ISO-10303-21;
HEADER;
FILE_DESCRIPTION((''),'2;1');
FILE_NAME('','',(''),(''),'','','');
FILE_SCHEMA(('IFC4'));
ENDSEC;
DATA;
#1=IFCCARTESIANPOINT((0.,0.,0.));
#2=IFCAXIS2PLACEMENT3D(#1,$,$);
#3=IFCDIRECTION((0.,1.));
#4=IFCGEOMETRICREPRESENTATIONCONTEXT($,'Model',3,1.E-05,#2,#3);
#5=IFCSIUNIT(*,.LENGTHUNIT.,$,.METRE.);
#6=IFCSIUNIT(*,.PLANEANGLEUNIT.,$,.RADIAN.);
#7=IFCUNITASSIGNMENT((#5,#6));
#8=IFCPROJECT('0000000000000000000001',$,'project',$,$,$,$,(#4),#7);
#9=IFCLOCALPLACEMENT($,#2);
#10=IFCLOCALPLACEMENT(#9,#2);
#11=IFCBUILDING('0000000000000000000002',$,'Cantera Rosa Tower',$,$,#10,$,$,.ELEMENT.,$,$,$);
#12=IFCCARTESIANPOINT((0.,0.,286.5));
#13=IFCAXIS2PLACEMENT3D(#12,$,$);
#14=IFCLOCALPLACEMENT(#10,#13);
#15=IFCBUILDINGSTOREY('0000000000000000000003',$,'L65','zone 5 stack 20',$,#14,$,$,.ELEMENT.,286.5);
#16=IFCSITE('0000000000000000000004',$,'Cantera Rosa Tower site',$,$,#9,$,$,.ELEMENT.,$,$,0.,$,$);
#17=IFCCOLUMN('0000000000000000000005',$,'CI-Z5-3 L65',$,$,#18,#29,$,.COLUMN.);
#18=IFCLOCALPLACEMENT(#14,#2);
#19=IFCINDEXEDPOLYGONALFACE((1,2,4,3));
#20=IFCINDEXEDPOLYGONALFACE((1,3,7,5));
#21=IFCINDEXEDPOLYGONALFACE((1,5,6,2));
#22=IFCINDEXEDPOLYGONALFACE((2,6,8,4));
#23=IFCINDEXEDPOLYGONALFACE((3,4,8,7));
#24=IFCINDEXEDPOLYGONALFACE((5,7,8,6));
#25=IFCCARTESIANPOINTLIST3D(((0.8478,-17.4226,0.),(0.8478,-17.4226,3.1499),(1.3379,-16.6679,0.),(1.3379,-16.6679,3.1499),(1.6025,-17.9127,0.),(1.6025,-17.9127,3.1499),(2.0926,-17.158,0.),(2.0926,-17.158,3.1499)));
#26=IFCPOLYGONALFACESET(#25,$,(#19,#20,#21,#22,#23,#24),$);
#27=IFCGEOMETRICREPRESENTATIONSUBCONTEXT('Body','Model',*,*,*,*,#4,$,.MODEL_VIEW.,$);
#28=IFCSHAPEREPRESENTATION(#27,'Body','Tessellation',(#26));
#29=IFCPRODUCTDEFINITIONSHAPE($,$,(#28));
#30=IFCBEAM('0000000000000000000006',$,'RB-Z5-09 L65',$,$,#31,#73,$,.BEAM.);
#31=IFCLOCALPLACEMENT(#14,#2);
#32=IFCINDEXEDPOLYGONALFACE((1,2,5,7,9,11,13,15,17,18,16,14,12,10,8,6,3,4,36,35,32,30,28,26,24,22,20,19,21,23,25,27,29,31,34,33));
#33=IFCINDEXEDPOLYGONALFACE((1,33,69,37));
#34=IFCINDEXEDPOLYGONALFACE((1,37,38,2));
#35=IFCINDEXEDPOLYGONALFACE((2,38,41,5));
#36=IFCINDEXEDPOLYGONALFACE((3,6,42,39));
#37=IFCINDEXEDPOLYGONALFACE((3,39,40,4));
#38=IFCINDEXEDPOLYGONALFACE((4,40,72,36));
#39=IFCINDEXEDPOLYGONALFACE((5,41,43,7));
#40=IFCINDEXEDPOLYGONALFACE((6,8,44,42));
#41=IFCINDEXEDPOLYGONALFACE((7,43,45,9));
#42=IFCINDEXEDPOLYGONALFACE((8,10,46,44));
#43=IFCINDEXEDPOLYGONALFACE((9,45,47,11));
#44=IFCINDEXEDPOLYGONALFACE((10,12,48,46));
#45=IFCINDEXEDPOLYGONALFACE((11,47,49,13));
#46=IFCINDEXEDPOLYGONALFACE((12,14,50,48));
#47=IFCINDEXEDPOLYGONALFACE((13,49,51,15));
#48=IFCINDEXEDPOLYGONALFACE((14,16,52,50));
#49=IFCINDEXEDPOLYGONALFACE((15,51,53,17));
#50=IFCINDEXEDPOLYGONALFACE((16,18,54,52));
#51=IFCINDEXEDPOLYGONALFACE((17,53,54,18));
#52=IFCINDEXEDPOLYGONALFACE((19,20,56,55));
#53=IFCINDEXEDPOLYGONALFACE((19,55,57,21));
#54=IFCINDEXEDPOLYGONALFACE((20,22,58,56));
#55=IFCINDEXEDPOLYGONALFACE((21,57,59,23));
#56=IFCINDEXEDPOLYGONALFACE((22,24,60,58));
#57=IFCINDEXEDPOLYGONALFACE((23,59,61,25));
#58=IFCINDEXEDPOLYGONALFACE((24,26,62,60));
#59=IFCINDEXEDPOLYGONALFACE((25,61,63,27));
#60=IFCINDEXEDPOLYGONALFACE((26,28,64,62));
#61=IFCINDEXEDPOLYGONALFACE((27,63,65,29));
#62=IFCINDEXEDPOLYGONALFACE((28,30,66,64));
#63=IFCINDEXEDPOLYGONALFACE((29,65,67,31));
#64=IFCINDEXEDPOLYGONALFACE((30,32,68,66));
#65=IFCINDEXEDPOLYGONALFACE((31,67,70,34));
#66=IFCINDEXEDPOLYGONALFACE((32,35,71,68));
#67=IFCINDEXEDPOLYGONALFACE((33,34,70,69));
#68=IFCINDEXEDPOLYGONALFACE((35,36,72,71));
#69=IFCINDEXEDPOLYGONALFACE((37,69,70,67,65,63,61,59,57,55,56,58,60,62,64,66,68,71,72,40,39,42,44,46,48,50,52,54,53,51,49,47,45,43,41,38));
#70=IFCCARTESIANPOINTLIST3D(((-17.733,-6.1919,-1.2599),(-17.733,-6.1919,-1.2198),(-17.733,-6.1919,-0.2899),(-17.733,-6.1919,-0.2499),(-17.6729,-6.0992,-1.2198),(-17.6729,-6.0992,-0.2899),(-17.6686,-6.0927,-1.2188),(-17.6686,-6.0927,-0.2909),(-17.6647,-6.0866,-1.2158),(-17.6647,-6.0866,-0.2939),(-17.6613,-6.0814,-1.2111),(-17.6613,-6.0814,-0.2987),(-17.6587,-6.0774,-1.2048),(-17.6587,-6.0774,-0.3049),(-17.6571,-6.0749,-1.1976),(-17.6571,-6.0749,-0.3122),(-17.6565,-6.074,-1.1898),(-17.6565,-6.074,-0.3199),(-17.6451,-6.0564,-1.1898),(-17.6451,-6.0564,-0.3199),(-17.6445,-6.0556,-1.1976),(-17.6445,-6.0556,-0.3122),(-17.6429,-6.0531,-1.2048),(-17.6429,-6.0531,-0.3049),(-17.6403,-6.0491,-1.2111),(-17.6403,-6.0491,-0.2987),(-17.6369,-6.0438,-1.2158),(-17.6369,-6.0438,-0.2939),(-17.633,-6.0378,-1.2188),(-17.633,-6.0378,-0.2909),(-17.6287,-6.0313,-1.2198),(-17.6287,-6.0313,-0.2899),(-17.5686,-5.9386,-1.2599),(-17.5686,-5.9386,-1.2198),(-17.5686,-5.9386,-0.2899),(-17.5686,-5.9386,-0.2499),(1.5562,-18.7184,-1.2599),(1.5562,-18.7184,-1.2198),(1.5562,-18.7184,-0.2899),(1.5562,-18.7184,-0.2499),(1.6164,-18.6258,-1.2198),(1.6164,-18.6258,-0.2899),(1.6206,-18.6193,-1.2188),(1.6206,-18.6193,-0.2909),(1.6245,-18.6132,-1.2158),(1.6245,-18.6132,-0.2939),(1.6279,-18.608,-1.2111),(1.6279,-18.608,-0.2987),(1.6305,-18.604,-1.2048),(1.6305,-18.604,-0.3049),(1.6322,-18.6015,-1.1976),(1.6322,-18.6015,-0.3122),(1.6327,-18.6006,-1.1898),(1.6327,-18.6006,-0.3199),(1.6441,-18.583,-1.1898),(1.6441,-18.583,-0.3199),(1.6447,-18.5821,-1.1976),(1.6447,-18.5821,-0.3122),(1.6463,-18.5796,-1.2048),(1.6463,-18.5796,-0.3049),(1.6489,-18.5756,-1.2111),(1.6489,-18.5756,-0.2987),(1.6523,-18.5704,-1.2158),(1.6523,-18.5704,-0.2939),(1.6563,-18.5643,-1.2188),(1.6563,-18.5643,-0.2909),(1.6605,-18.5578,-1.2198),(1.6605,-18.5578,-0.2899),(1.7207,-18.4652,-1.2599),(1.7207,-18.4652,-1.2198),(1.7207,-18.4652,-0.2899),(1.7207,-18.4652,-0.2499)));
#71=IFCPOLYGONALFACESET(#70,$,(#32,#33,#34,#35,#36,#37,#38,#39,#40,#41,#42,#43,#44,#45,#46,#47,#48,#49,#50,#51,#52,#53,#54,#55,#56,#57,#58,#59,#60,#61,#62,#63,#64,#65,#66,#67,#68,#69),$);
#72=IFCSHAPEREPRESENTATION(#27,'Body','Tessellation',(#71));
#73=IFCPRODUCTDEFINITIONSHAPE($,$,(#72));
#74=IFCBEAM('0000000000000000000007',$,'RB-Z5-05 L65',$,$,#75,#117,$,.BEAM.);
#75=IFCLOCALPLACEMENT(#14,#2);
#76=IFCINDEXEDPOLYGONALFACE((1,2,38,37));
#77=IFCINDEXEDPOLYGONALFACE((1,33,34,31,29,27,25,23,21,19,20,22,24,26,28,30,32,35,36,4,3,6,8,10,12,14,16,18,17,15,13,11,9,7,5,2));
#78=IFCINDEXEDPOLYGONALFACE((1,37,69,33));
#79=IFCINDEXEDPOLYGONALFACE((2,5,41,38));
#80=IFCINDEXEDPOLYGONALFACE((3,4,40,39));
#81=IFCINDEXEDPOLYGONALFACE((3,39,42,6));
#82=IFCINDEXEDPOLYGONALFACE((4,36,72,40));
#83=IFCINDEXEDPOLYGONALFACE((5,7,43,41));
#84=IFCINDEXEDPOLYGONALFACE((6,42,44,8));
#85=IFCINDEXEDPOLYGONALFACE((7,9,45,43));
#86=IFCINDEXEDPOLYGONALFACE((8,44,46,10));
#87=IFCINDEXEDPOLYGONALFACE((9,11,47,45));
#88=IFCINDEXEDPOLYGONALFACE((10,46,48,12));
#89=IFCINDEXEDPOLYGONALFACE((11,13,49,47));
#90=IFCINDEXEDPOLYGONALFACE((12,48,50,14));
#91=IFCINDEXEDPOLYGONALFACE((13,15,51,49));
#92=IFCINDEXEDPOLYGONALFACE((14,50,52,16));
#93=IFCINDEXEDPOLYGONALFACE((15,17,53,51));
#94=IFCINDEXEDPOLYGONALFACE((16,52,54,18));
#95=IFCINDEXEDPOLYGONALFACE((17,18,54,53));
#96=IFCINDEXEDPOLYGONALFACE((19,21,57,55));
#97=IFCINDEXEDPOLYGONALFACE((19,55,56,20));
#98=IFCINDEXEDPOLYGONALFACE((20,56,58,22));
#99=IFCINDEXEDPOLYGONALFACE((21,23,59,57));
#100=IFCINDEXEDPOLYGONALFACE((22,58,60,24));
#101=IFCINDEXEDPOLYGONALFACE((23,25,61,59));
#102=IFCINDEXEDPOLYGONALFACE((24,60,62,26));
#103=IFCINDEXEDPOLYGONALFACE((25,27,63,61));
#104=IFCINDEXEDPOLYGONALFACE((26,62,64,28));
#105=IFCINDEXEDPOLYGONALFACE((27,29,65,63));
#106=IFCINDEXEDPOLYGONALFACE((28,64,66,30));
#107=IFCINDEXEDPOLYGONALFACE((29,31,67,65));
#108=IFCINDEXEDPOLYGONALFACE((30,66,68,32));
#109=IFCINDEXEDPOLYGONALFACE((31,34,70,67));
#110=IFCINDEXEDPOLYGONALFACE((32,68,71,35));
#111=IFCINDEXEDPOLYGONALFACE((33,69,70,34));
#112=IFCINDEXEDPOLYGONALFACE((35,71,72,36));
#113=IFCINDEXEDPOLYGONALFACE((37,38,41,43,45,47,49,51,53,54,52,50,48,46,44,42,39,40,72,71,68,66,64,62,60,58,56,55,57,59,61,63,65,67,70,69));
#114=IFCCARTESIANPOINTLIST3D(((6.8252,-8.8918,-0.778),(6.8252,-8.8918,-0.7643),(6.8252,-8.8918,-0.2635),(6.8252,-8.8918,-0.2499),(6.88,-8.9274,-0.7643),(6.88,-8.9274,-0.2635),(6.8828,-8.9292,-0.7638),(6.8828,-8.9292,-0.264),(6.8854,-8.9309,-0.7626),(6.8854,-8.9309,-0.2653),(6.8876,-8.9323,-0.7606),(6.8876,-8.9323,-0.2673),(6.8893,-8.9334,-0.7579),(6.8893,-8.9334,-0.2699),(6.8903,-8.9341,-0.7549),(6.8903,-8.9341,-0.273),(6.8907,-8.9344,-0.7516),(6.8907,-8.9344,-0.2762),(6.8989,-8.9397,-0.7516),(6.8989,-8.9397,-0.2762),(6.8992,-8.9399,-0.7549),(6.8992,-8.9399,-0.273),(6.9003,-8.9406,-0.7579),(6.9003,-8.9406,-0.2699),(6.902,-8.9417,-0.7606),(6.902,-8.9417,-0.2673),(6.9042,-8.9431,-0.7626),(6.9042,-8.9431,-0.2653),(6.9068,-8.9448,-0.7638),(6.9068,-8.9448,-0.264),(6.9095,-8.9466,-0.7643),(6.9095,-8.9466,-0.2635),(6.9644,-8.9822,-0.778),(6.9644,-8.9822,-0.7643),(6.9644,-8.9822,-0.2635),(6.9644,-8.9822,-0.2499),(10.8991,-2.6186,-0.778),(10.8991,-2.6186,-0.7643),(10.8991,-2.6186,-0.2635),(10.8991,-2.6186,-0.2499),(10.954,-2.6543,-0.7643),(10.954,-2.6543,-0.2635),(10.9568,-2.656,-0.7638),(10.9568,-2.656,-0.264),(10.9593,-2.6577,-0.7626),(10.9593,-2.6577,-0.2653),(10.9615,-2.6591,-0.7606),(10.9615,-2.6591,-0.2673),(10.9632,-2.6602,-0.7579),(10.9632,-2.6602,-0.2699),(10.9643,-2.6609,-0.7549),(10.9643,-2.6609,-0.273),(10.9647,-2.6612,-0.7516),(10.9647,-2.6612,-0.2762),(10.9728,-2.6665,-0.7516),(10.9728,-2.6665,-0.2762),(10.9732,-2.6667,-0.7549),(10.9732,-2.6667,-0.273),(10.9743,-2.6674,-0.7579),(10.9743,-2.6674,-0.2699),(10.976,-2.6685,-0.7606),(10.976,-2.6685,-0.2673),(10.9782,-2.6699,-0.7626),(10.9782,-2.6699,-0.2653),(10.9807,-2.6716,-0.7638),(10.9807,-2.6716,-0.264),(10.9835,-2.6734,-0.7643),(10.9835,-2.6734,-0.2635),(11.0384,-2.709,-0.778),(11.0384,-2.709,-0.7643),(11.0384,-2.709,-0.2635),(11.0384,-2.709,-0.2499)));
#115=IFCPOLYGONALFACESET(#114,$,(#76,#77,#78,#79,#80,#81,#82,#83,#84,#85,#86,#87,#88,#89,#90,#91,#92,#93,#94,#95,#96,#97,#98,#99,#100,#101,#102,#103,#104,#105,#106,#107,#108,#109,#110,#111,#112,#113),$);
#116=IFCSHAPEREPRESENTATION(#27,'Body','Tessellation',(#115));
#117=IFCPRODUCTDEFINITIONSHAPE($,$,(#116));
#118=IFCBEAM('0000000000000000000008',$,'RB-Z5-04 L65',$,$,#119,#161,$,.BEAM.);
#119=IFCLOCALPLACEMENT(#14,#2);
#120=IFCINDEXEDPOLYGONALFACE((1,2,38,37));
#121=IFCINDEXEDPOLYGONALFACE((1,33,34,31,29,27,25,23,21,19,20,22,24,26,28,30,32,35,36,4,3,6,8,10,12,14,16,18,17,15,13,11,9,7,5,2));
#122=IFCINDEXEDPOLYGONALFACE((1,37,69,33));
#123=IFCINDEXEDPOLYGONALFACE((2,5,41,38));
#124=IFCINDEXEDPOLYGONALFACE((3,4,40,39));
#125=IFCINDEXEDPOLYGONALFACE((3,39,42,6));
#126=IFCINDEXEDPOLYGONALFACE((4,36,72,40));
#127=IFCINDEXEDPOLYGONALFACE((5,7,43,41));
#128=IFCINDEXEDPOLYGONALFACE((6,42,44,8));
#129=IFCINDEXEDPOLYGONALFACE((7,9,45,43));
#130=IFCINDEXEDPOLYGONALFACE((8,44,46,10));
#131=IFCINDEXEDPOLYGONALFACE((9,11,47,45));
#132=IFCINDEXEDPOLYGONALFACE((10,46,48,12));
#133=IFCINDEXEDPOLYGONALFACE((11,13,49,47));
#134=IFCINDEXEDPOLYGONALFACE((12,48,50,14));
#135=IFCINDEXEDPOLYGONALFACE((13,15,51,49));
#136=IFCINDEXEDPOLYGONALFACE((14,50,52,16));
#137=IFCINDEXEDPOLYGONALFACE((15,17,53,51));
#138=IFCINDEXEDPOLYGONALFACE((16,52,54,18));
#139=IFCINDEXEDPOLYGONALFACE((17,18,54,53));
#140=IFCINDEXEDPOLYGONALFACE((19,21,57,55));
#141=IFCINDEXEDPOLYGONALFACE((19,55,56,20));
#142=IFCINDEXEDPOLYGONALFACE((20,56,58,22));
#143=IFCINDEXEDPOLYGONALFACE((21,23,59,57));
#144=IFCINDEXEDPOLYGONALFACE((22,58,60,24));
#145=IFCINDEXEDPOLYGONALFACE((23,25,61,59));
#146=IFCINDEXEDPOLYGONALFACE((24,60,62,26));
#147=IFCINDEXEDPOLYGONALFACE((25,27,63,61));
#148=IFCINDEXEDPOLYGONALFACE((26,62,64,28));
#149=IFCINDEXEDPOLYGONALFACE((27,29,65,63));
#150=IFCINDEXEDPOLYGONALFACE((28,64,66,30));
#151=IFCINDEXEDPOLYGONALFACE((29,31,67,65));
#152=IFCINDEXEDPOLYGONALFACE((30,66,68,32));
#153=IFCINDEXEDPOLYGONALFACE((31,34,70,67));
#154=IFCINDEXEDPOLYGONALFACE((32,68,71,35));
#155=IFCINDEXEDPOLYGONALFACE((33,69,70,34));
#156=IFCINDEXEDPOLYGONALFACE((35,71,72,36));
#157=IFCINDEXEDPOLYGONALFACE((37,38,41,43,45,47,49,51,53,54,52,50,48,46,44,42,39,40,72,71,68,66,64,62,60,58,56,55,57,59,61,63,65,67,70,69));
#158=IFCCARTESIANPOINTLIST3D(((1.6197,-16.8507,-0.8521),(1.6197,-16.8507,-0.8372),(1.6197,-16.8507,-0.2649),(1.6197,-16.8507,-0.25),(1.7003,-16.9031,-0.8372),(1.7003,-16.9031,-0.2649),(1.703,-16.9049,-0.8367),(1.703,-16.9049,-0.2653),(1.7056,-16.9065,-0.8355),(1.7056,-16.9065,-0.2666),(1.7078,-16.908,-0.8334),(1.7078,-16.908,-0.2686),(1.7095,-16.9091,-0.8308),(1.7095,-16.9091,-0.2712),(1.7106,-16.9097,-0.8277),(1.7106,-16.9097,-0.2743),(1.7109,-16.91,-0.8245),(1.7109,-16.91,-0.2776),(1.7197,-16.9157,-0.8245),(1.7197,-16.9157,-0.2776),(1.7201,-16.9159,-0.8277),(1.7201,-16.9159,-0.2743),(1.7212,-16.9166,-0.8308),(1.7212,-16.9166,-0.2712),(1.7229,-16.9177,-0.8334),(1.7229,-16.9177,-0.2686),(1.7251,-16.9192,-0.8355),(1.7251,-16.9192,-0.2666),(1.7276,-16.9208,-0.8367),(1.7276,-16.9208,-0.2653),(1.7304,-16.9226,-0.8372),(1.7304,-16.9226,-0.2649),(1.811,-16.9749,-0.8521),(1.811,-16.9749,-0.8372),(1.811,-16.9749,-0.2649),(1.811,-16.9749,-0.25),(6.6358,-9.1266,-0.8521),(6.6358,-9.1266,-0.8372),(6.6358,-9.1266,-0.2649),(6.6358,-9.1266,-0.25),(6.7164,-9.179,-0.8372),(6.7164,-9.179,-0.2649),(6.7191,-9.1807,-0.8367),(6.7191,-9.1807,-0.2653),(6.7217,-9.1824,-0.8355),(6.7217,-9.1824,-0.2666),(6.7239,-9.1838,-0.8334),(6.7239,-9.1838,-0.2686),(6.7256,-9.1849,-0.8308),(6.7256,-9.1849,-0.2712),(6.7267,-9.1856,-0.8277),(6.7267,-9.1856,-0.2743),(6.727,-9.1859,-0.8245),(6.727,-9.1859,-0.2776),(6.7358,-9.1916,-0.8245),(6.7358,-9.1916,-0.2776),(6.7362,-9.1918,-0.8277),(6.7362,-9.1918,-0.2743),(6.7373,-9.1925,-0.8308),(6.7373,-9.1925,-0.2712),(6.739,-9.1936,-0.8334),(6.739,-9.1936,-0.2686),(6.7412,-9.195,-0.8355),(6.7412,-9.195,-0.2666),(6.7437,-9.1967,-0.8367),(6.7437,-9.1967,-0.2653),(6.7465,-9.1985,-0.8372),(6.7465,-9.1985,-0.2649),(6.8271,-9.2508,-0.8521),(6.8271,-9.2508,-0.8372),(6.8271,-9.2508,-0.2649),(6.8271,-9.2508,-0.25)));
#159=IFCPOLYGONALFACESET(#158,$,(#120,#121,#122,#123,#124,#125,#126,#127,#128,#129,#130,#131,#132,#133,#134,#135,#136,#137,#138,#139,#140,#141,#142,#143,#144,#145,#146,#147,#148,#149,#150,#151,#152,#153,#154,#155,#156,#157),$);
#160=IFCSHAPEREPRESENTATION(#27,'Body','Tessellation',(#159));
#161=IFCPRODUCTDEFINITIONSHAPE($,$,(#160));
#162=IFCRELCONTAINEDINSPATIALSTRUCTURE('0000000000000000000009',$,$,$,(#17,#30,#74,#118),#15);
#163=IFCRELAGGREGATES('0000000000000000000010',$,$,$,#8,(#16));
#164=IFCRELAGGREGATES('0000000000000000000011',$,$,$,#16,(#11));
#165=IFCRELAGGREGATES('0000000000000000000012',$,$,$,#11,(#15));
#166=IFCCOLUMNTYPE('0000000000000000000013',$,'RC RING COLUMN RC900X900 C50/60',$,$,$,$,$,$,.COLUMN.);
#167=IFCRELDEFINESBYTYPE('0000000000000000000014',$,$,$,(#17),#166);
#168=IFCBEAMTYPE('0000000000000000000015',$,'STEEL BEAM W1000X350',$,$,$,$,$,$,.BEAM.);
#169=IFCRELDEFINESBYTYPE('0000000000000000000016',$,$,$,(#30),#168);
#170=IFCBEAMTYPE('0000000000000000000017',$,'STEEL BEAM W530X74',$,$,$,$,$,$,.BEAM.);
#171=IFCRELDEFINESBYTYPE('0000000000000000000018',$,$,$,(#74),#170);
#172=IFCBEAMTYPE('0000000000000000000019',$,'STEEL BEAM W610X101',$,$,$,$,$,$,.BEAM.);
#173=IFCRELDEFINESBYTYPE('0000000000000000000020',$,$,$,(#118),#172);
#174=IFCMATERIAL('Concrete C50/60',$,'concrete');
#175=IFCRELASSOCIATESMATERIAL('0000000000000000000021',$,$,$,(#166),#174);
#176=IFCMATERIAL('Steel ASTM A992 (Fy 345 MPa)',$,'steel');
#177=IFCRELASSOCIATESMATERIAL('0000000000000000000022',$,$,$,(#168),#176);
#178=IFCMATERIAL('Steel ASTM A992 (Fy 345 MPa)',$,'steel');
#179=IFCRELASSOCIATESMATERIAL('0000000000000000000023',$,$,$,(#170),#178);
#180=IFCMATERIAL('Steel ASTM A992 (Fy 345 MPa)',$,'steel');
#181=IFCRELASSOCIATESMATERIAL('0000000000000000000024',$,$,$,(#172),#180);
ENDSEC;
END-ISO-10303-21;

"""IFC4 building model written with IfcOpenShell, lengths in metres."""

from ifc_helpers import new_model, si_unit, direction, frame, origin, origin_2d, place, context, subcontext, project, spatial, rectangle, i_section, extrude, material, material_profile, profile_set, type_object, element, save


model = new_model("IFC4")

# Units and contexts
model_context = context("Model", 3, precision=1e-05, world=origin(), true_north=direction((0.0, 1.0)))
body_context = subcontext(model_context, "Body", "Model", "MODEL_VIEW")
ifc_project = project(units=[si_unit("LENGTHUNIT", "METRE"), si_unit("PLANEANGLEUNIT", "RADIAN")], contexts=[model_context])

# Site, building, storey
site_placement = place(None, origin())
site = spatial("IfcSite", under=ifc_project, at=site_placement, Name="Cantera Rosa Tower site", CompositionType="ELEMENT", RefElevation=0.0)
building_placement = place(site_placement, origin())
building = spatial("IfcBuilding", under=site, at=building_placement, Name="Cantera Rosa Tower", CompositionType="ELEMENT")
storey_placement = place(building_placement, frame((0.0, 0.0, 286.5)))
storey = spatial("IfcBuildingStorey", under=building, at=storey_placement, Name="L65", Description="zone 5 stack 20", CompositionType="ELEMENT", Elevation=286.5)

# Column
ifc_material_1 = material(Name="Concrete C50/60", Category="concrete")
ifc_material_profile_1 = material_profile(ifc_material_1, rectangle(XDim=0.8999, YDim=0.8999, at=origin_2d()), Name="RC RING COLUMN RC900X900 C50/60")
ifc_profile_set_1 = profile_set([ifc_material_profile_1], Name="Concrete C50/60")
column_type = type_object("IfcColumnType", Name="RC RING COLUMN RC900X900 C50/60", PredefinedType="COLUMN", material=ifc_profile_set_1)
column_placement = place(storey_placement, frame((1.4702, -17.2903, 0.0), z_axis=(0.0, 0.0, 1.0), x_axis=(0.544639, 0.838671, 0.0)))
element("IfcColumn", 1, at=column_placement, inside=storey, type_object=column_type, Name="CI-Z5-3 L65", PredefinedType="COLUMN", context=body_context, shape_type="SweptSolid", body=[
    extrude(rectangle(XDim=0.8999, YDim=0.8999, at=origin_2d()), origin(), (0.0, 0.0, 1.0), 3.1499),
])

# Beams
ifc_material_2 = material(Name="Steel ASTM A992 (Fy 345 MPa)", Category="steel")
ifc_material_profile_2 = material_profile(ifc_material_2, i_section(OverallWidth=0.302, OverallDepth=1.01, WebThickness=0.021, FlangeThickness=0.04, FilletRadius=0.03, at=origin_2d()), Name="W1000X350")
ifc_profile_set_2 = profile_set([ifc_material_profile_2], Name="Steel ASTM A992 (Fy 345 MPa)")
beam_type_1 = type_object("IfcBeamType", Name="STEEL BEAM W1000X350", PredefinedType="BEAM", material=ifc_profile_set_2)
beam_1_placement = place(storey_placement, frame((1.6384, -18.5918, -0.7549), z_axis=(-0.838671, 0.544639, 0.0), x_axis=(-0.544639, -0.838671, 0.0)))
element("IfcBeam", 2, at=beam_1_placement, inside=storey, type_object=beam_type_1, Name="RB-Z5-09 L65", PredefinedType="BEAM", context=body_context, shape_type="SweptSolid", body=[
    extrude(i_section(OverallWidth=0.302, OverallDepth=1.01, WebThickness=0.021, FlangeThickness=0.04, FilletRadius=0.03, at=origin_2d()), origin(), (0.0, 0.0, 1.0), 22.9998),
])
ifc_material_3 = material(Name="Steel ASTM A992 (Fy 345 MPa)", Category="steel")
ifc_material_profile_3 = material_profile(ifc_material_3, i_section(OverallWidth=0.166, OverallDepth=0.5281, WebThickness=0.0098, FlangeThickness=0.0137, FilletRadius=0.0127, at=origin_2d()), Name="W530X74")
ifc_profile_set_3 = profile_set([ifc_material_profile_3], Name="Steel ASTM A992 (Fy 345 MPa)")
beam_type_2 = type_object("IfcBeamType", Name="STEEL BEAM W530X74", PredefinedType="BEAM", material=ifc_profile_set_3)
beam_2_placement = place(storey_placement, frame((6.8948, -8.937, -0.5139), z_axis=(0.54465, 0.838664, 0.0), x_axis=(-0.838664, 0.54465, 0.0)))
element("IfcBeam", 3, at=beam_2_placement, inside=storey, type_object=beam_type_2, Name="RB-Z5-05 L65", PredefinedType="BEAM", context=body_context, shape_type="SweptSolid", body=[
    extrude(i_section(OverallWidth=0.166, OverallDepth=0.5281, WebThickness=0.0098, FlangeThickness=0.0137, FilletRadius=0.0127, at=origin_2d()), origin(), (0.0, 0.0, 1.0), 7.48),
])
ifc_material_4 = material(Name="Steel ASTM A992 (Fy 345 MPa)", Category="steel")
ifc_material_profile_4 = material_profile(ifc_material_4, i_section(OverallWidth=0.228, OverallDepth=0.6021, WebThickness=0.0105, FlangeThickness=0.0149, FilletRadius=0.0127, at=origin_2d()), Name="W610X101")
ifc_profile_set_4 = profile_set([ifc_material_profile_4], Name="Steel ASTM A992 (Fy 345 MPa)")
beam_type_3 = type_object("IfcBeamType", Name="STEEL BEAM W610X101", PredefinedType="BEAM", material=ifc_profile_set_4)
beam_3_placement = place(storey_placement, frame((1.7153, -16.9128, -0.551), z_axis=(0.54464, 0.83867, 0.0), x_axis=(-0.83867, 0.54464, 0.0)))
element("IfcBeam", 4, at=beam_3_placement, inside=storey, type_object=beam_type_3, Name="RB-Z5-04 L65", PredefinedType="BEAM", context=body_context, shape_type="SweptSolid", body=[
    extrude(i_section(OverallWidth=0.228, OverallDepth=0.6021, WebThickness=0.0105, FlangeThickness=0.0149, FilletRadius=0.0127, at=origin_2d()), origin(), (0.0, 0.0, 1.0), 9.21),
])

save(model, "model.ifc")
